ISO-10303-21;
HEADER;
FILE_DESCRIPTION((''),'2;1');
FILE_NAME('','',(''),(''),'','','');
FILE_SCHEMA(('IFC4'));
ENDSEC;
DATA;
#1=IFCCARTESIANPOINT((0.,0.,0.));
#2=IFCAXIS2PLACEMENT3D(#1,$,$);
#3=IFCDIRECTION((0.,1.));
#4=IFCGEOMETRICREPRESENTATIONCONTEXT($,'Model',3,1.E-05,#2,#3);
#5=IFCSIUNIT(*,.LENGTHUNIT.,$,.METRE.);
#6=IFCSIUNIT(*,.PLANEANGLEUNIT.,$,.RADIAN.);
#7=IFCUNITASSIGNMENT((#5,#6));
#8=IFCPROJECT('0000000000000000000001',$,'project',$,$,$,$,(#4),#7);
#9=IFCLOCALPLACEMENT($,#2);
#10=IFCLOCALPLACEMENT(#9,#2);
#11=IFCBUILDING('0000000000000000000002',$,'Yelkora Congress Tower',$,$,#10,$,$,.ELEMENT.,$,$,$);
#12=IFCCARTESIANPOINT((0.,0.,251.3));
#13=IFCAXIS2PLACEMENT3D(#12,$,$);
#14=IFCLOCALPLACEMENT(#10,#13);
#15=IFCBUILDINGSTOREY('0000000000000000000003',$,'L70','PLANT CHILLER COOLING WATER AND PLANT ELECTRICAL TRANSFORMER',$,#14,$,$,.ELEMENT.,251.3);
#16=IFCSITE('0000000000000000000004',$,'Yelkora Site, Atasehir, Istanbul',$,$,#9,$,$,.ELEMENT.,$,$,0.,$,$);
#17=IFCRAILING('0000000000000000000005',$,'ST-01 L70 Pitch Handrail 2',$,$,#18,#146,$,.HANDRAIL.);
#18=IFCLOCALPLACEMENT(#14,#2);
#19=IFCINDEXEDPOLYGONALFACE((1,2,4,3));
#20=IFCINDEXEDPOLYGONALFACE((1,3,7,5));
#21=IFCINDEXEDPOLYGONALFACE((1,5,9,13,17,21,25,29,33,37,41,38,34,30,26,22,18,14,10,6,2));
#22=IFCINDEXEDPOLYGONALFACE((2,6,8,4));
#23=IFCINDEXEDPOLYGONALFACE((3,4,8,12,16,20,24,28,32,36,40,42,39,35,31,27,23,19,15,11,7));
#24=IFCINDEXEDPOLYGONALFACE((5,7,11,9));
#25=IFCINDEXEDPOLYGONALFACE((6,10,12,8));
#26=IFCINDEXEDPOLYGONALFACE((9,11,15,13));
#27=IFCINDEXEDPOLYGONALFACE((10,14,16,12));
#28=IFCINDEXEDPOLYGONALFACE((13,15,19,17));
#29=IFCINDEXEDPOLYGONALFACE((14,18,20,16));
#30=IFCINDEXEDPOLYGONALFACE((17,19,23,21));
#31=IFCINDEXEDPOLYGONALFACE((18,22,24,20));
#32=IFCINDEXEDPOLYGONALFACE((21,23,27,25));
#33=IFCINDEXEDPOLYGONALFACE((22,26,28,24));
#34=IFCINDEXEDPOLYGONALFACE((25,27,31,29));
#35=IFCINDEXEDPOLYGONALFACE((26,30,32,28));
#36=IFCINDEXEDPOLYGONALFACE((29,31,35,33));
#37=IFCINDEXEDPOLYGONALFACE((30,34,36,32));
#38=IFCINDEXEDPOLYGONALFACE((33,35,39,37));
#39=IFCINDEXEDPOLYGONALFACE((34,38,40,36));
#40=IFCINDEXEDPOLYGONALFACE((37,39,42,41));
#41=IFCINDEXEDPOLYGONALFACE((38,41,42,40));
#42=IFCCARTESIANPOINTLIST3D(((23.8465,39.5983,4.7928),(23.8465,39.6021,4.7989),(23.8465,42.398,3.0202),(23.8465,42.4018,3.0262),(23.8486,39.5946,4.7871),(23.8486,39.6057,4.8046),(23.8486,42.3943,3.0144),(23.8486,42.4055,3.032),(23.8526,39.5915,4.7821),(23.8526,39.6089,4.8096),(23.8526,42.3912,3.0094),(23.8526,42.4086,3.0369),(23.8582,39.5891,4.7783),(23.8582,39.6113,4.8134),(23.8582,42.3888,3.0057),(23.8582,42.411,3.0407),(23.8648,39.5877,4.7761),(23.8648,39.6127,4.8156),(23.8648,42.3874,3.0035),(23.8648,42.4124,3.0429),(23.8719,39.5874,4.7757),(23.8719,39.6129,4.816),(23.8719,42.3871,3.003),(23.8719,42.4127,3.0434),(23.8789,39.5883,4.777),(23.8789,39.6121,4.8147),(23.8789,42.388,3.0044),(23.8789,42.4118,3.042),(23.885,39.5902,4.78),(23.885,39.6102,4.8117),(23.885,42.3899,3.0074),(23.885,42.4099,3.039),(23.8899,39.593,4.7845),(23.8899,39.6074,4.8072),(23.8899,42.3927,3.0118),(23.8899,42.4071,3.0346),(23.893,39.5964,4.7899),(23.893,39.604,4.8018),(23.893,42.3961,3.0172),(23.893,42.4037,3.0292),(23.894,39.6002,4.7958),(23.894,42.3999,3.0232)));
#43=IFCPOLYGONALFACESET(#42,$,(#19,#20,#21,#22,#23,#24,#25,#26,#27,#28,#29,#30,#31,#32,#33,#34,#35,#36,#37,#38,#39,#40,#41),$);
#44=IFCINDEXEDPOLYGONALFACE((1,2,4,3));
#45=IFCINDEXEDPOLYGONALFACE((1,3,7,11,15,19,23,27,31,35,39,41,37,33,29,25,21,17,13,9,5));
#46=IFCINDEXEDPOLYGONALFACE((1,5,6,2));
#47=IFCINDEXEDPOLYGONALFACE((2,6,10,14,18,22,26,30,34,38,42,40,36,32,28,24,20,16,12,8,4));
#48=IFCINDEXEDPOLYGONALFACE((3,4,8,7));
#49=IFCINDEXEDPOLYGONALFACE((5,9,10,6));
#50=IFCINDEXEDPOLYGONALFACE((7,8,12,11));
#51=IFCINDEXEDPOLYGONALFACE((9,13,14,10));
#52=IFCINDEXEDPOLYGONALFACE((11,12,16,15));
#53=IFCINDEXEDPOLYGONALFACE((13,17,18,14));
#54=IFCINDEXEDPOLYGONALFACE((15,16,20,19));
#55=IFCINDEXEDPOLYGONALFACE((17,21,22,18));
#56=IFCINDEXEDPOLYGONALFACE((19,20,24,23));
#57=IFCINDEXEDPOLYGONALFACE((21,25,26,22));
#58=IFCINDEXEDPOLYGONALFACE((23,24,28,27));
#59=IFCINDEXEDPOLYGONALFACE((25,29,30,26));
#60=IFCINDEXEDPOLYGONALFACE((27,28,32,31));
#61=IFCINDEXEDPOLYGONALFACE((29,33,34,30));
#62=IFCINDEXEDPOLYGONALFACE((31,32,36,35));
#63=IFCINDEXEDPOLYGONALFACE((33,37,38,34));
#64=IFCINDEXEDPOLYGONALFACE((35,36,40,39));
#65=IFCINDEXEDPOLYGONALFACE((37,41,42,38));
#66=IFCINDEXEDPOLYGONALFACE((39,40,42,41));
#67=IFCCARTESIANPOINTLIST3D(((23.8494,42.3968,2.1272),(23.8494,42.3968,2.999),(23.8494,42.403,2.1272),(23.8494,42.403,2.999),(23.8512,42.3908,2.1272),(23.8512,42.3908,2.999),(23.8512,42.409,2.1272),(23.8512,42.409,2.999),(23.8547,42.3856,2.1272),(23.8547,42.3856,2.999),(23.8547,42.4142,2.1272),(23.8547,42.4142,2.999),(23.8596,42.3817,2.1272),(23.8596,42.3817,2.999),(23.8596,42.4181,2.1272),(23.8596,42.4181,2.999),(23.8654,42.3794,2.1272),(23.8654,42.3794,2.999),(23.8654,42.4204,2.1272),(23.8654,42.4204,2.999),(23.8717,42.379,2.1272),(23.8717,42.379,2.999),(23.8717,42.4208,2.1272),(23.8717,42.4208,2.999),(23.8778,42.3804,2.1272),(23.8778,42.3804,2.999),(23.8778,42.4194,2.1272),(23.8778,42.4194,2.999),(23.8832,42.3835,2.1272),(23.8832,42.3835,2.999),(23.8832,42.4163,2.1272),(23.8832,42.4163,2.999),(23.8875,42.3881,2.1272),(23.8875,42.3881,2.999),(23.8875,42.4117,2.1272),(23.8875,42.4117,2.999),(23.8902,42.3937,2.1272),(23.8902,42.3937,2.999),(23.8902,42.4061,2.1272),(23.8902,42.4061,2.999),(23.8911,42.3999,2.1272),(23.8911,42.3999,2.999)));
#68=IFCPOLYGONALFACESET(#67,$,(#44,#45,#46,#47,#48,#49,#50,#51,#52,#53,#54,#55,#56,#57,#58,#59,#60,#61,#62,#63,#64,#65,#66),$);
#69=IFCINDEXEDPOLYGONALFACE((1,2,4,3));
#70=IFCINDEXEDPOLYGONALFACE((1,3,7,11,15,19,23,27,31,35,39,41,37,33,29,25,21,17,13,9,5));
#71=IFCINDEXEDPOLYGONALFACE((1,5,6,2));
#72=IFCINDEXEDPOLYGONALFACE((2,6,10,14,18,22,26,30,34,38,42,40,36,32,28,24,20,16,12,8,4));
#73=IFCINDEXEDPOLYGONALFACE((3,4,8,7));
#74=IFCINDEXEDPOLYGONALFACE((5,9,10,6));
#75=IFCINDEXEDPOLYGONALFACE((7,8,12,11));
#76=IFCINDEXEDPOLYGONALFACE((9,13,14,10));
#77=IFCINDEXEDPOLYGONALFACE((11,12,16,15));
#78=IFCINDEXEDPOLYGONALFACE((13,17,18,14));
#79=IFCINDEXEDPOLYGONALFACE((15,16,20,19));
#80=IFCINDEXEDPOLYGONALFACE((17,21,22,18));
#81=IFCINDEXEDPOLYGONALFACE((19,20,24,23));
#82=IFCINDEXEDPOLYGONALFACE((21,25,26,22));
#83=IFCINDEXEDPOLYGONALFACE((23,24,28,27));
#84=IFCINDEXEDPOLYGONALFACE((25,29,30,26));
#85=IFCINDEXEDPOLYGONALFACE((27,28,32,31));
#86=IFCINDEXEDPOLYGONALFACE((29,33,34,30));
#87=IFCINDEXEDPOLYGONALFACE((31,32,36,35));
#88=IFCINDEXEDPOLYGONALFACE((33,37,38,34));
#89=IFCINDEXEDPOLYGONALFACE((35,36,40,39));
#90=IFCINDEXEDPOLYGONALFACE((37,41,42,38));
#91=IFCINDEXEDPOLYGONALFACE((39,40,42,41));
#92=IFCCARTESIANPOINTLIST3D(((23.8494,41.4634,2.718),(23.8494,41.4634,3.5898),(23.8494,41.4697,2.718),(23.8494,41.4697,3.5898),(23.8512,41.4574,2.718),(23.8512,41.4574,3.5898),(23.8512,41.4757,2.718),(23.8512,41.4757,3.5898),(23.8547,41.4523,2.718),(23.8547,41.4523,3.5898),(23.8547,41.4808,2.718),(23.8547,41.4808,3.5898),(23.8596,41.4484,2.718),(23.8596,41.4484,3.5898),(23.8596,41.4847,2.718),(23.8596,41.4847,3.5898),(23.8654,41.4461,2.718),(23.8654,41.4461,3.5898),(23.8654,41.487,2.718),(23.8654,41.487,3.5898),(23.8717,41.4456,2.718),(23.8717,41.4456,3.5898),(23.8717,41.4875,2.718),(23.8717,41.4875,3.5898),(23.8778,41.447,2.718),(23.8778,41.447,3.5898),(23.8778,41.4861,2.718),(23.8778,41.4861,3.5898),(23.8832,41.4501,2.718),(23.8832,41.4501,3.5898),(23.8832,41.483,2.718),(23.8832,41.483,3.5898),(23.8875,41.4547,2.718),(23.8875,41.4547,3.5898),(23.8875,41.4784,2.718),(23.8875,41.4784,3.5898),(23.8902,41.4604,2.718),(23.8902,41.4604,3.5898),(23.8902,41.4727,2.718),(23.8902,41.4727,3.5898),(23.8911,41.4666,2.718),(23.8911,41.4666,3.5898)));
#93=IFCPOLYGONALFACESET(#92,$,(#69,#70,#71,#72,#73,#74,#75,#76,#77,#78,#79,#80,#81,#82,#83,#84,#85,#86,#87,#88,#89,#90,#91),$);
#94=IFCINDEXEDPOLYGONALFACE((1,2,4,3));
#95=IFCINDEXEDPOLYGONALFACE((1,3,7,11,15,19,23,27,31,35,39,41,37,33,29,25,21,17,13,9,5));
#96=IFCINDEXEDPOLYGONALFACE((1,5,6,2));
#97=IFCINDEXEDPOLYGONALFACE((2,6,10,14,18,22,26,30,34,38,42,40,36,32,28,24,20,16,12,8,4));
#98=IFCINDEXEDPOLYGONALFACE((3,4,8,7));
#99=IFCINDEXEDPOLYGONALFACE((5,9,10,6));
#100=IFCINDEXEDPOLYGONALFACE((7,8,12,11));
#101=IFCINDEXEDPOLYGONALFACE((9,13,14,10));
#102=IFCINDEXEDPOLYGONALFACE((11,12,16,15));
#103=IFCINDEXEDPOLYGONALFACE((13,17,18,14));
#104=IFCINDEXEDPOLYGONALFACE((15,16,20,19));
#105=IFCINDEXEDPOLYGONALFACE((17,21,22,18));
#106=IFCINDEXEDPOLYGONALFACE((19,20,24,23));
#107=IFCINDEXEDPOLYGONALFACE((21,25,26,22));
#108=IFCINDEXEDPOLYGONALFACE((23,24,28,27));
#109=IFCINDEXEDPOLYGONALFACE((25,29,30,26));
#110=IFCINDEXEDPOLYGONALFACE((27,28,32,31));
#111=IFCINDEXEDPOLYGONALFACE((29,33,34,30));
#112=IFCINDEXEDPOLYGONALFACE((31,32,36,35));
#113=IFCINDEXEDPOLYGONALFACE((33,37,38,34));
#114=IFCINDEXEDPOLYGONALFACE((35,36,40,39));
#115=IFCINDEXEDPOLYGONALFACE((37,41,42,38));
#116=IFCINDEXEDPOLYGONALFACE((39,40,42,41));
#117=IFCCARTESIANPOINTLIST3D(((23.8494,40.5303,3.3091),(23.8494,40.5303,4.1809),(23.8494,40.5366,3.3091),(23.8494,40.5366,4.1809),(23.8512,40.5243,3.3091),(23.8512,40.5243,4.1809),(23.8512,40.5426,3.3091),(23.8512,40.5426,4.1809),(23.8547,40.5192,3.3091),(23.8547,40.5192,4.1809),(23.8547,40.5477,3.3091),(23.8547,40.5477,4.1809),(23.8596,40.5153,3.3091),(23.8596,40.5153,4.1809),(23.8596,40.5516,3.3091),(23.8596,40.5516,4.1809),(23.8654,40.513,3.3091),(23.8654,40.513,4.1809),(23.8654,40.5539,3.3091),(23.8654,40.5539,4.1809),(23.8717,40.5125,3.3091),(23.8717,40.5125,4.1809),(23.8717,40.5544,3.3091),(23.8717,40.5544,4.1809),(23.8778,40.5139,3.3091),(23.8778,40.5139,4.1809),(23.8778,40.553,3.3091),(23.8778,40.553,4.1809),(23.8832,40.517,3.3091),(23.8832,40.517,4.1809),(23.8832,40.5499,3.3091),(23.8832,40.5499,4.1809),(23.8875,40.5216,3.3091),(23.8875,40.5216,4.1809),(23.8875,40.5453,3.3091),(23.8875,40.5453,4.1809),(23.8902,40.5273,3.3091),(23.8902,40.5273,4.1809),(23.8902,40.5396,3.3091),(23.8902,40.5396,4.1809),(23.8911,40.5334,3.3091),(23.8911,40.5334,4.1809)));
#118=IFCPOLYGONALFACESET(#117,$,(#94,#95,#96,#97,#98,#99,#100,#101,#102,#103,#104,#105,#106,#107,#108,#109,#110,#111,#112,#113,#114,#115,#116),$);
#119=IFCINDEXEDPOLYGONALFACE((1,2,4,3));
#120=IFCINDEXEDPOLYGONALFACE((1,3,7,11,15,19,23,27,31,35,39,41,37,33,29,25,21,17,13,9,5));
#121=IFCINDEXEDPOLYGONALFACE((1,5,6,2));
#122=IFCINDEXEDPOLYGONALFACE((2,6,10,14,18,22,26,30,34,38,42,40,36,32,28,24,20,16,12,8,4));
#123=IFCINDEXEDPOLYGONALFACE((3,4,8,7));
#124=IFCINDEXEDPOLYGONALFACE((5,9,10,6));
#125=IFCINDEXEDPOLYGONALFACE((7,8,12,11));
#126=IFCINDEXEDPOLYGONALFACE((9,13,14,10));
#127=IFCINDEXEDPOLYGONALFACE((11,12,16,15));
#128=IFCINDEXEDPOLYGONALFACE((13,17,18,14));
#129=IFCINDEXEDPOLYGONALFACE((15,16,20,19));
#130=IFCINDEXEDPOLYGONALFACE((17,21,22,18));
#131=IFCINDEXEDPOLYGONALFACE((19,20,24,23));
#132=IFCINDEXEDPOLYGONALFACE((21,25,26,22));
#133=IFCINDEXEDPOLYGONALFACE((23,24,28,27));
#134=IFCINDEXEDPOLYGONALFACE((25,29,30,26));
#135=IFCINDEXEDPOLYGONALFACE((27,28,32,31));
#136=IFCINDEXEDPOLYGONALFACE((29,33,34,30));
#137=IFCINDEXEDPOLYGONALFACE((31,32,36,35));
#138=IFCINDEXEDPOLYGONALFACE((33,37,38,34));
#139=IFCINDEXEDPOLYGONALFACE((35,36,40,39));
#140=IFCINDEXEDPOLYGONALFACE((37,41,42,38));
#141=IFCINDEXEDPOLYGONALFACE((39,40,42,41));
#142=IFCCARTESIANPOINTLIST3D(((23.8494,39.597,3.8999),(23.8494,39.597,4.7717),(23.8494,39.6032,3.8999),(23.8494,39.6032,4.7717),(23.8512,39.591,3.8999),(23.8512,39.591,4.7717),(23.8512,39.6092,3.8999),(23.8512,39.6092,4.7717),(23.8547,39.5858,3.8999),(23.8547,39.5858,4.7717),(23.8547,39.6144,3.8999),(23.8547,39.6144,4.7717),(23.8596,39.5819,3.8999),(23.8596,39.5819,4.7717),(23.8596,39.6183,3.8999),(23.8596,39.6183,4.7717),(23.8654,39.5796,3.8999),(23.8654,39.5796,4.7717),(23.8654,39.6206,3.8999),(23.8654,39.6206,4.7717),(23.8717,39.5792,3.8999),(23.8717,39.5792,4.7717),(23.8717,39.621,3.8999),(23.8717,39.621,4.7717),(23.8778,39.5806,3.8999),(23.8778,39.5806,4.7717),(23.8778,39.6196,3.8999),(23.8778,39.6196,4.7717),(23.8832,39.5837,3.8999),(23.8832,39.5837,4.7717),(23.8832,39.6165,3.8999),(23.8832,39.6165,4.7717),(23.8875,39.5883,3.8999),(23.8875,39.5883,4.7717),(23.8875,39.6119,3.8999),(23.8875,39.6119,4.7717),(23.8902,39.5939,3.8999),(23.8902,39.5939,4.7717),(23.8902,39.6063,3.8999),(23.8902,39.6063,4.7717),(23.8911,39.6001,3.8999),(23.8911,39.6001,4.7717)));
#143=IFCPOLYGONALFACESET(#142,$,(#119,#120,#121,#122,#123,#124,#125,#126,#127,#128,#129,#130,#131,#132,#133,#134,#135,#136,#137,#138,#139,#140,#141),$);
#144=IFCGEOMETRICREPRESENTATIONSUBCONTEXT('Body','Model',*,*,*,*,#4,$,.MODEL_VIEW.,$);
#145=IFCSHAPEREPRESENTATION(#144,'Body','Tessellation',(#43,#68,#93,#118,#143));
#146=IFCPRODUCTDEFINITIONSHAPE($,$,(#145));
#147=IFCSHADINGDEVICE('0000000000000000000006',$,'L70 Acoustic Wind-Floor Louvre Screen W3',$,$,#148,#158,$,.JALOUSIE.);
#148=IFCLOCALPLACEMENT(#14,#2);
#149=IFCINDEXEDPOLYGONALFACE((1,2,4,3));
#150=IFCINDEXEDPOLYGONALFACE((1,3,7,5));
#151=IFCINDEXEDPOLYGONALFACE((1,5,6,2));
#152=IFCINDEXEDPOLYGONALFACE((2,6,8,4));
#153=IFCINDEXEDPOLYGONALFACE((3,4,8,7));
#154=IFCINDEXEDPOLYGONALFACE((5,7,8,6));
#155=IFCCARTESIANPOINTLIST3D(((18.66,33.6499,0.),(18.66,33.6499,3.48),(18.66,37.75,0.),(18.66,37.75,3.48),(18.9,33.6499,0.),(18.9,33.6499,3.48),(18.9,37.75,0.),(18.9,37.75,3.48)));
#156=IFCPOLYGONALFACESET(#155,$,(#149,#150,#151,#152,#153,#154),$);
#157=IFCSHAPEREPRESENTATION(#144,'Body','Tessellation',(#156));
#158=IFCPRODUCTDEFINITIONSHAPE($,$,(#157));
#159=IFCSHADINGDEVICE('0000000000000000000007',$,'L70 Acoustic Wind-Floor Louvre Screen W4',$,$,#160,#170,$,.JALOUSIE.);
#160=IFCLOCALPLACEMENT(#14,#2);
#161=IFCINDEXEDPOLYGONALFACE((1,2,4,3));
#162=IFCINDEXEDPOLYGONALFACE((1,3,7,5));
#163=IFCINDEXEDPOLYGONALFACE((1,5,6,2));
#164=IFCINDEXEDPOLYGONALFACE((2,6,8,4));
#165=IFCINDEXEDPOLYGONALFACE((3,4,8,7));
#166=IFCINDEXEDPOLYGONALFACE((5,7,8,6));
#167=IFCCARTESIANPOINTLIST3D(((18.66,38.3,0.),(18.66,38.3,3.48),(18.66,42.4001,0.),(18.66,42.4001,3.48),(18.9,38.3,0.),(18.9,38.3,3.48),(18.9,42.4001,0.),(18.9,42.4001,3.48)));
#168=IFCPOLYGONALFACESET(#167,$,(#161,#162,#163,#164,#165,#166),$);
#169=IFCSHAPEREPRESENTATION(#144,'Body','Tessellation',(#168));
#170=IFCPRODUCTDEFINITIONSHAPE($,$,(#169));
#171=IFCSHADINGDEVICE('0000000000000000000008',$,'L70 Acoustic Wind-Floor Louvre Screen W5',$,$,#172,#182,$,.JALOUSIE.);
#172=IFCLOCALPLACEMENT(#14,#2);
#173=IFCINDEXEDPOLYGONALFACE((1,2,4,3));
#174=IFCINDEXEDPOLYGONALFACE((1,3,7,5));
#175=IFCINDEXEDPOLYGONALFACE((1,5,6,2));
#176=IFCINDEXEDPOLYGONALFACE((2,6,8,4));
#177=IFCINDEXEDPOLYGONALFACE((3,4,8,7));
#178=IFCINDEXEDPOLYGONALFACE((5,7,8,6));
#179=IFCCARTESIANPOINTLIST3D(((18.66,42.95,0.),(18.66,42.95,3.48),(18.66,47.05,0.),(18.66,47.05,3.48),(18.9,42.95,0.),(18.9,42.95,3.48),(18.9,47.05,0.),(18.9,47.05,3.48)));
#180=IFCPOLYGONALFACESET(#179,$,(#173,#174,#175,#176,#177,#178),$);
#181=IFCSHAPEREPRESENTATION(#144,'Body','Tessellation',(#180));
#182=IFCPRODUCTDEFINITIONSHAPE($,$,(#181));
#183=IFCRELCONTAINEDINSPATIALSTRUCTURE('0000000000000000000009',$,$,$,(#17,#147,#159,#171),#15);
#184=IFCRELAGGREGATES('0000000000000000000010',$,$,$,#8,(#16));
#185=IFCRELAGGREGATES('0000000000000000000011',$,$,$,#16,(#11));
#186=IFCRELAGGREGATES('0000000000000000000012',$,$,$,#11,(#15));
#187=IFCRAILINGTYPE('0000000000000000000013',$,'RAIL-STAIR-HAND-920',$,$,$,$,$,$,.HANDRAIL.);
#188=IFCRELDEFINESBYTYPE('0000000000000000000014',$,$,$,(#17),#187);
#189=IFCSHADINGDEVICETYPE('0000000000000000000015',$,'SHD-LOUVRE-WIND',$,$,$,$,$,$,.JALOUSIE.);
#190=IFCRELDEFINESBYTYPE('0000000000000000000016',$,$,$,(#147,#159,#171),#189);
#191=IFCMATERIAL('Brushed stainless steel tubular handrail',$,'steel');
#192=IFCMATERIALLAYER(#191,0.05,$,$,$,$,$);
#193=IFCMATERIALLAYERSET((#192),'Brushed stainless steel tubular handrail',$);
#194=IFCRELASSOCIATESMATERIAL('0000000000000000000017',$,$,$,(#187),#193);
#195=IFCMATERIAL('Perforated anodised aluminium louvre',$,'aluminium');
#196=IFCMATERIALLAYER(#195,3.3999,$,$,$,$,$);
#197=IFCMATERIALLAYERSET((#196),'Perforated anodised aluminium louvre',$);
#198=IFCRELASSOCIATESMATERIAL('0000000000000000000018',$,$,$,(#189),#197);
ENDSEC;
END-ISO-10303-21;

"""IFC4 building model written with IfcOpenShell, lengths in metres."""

from ifc_helpers import new_model, si_unit, direction, frame, origin, origin_2d, place, context, subcontext, project, spatial, rectangle, circle, extrude, material, layer, layer_set, type_object, element, save


model = new_model("IFC4")

# Units and contexts
model_context = context("Model", 3, precision=1e-05, world=origin(), true_north=direction((0.0, 1.0)))
body_context = subcontext(model_context, "Body", "Model", "MODEL_VIEW")
ifc_project = project(units=[si_unit("LENGTHUNIT", "METRE"), si_unit("PLANEANGLEUNIT", "RADIAN")], contexts=[model_context])

# Site, building, storey
site_placement = place(None, origin())
site = spatial("IfcSite", under=ifc_project, at=site_placement, Name="Yelkora Site, Atasehir, Istanbul", CompositionType="ELEMENT", RefElevation=0.0)
building_placement = place(site_placement, origin())
building = spatial("IfcBuilding", under=site, at=building_placement, Name="Yelkora Congress Tower", CompositionType="ELEMENT")
storey_placement = place(building_placement, frame((0.0, 0.0, 251.3)))
storey = spatial("IfcBuildingStorey", under=building, at=storey_placement, Name="L70", Description="PLANT CHILLER COOLING WATER AND PLANT ELECTRICAL TRANSFORMER", CompositionType="ELEMENT", Elevation=251.3)

# Railing
ifc_material_1 = material(Name="Brushed stainless steel tubular handrail", Category="steel")
ifc_layer_1 = layer(ifc_material_1, 0.05)
ifc_layer_set_1 = layer_set([ifc_layer_1], Name="Brushed stainless steel tubular handrail")
railing_type_1 = type_object("IfcRailingType", Name="RAIL-STAIR-HAND-920", PredefinedType="HANDRAIL", material=ifc_layer_set_1)
railing_1_placement = place(storey_placement, frame((23.8701, 42.3999, 2.1272)))
element("IfcRailing", 1, at=railing_1_placement, inside=storey, type_object=railing_type_1, Name="ST-01 L70 Pitch Handrail 2", PredefinedType="HANDRAIL", context=body_context, shape_type="SweptSolid", body=[
    extrude(circle(Radius=0.0239, at=origin_2d()), frame((0.0, 0.0, 0.896), z_axis=(0.0, -0.844888, 0.534943), x_axis=(1.0, 0.0, 0.0)), (0.0, 0.0, 1.0), 3.3137),
    extrude(circle(Radius=0.021, at=origin_2d()), origin(), (0.0, 0.0, 1.0), 0.8718),
    extrude(circle(Radius=0.021, at=origin_2d()), frame((0.0, -0.9333, 0.5908)), (0.0, 0.0, 1.0), 0.8718),
    extrude(circle(Radius=0.021, at=origin_2d()), frame((0.0, -1.8665, 1.1819)), (0.0, 0.0, 1.0), 0.8718),
    extrude(circle(Radius=0.021, at=origin_2d()), frame((0.0, -2.7998, 1.7727)), (0.0, 0.0, 1.0), 0.8718),
])

# Shading devices
ifc_material_2 = material(Name="Perforated anodised aluminium louvre", Category="aluminium")
ifc_layer_2 = layer(ifc_material_2, 3.3999)
ifc_layer_set_2 = layer_set([ifc_layer_2], Name="Perforated anodised aluminium louvre")
shading_device_type = type_object("IfcShadingDeviceType", Name="SHD-LOUVRE-WIND", PredefinedType="JALOUSIE", material=ifc_layer_set_2)
for number, where, z_axis, x_axis, name in (
    (2, (18.78, 35.7, 0.0), (0.0, 0.0, 1.0), (1.0, 0.0, 0.0), "L70 Acoustic Wind-Floor Louvre Screen W3"),
    (3, (18.78, 40.3501, 0.0), (0.0, 0.0, 1.0), (1.0, 0.0, 0.0), "L70 Acoustic Wind-Floor Louvre Screen W4"),
    (4, (18.78, 45.0, 0.0), (0.0, 0.0, 1.0), (1.0, 0.0, 0.0), "L70 Acoustic Wind-Floor Louvre Screen W5"),
):
    element("IfcShadingDevice", number, at=place(storey_placement, frame(where, z_axis=z_axis, x_axis=x_axis)), inside=storey, type_object=shading_device_type, Name=name, PredefinedType="JALOUSIE", context=body_context, shape_type="SweptSolid", body=[
        extrude(rectangle(XDim=0.24, YDim=4.1001, at=origin_2d()), origin(), (0.0, 0.0, 1.0), 3.48),
    ])

save(model, "model.ifc")
